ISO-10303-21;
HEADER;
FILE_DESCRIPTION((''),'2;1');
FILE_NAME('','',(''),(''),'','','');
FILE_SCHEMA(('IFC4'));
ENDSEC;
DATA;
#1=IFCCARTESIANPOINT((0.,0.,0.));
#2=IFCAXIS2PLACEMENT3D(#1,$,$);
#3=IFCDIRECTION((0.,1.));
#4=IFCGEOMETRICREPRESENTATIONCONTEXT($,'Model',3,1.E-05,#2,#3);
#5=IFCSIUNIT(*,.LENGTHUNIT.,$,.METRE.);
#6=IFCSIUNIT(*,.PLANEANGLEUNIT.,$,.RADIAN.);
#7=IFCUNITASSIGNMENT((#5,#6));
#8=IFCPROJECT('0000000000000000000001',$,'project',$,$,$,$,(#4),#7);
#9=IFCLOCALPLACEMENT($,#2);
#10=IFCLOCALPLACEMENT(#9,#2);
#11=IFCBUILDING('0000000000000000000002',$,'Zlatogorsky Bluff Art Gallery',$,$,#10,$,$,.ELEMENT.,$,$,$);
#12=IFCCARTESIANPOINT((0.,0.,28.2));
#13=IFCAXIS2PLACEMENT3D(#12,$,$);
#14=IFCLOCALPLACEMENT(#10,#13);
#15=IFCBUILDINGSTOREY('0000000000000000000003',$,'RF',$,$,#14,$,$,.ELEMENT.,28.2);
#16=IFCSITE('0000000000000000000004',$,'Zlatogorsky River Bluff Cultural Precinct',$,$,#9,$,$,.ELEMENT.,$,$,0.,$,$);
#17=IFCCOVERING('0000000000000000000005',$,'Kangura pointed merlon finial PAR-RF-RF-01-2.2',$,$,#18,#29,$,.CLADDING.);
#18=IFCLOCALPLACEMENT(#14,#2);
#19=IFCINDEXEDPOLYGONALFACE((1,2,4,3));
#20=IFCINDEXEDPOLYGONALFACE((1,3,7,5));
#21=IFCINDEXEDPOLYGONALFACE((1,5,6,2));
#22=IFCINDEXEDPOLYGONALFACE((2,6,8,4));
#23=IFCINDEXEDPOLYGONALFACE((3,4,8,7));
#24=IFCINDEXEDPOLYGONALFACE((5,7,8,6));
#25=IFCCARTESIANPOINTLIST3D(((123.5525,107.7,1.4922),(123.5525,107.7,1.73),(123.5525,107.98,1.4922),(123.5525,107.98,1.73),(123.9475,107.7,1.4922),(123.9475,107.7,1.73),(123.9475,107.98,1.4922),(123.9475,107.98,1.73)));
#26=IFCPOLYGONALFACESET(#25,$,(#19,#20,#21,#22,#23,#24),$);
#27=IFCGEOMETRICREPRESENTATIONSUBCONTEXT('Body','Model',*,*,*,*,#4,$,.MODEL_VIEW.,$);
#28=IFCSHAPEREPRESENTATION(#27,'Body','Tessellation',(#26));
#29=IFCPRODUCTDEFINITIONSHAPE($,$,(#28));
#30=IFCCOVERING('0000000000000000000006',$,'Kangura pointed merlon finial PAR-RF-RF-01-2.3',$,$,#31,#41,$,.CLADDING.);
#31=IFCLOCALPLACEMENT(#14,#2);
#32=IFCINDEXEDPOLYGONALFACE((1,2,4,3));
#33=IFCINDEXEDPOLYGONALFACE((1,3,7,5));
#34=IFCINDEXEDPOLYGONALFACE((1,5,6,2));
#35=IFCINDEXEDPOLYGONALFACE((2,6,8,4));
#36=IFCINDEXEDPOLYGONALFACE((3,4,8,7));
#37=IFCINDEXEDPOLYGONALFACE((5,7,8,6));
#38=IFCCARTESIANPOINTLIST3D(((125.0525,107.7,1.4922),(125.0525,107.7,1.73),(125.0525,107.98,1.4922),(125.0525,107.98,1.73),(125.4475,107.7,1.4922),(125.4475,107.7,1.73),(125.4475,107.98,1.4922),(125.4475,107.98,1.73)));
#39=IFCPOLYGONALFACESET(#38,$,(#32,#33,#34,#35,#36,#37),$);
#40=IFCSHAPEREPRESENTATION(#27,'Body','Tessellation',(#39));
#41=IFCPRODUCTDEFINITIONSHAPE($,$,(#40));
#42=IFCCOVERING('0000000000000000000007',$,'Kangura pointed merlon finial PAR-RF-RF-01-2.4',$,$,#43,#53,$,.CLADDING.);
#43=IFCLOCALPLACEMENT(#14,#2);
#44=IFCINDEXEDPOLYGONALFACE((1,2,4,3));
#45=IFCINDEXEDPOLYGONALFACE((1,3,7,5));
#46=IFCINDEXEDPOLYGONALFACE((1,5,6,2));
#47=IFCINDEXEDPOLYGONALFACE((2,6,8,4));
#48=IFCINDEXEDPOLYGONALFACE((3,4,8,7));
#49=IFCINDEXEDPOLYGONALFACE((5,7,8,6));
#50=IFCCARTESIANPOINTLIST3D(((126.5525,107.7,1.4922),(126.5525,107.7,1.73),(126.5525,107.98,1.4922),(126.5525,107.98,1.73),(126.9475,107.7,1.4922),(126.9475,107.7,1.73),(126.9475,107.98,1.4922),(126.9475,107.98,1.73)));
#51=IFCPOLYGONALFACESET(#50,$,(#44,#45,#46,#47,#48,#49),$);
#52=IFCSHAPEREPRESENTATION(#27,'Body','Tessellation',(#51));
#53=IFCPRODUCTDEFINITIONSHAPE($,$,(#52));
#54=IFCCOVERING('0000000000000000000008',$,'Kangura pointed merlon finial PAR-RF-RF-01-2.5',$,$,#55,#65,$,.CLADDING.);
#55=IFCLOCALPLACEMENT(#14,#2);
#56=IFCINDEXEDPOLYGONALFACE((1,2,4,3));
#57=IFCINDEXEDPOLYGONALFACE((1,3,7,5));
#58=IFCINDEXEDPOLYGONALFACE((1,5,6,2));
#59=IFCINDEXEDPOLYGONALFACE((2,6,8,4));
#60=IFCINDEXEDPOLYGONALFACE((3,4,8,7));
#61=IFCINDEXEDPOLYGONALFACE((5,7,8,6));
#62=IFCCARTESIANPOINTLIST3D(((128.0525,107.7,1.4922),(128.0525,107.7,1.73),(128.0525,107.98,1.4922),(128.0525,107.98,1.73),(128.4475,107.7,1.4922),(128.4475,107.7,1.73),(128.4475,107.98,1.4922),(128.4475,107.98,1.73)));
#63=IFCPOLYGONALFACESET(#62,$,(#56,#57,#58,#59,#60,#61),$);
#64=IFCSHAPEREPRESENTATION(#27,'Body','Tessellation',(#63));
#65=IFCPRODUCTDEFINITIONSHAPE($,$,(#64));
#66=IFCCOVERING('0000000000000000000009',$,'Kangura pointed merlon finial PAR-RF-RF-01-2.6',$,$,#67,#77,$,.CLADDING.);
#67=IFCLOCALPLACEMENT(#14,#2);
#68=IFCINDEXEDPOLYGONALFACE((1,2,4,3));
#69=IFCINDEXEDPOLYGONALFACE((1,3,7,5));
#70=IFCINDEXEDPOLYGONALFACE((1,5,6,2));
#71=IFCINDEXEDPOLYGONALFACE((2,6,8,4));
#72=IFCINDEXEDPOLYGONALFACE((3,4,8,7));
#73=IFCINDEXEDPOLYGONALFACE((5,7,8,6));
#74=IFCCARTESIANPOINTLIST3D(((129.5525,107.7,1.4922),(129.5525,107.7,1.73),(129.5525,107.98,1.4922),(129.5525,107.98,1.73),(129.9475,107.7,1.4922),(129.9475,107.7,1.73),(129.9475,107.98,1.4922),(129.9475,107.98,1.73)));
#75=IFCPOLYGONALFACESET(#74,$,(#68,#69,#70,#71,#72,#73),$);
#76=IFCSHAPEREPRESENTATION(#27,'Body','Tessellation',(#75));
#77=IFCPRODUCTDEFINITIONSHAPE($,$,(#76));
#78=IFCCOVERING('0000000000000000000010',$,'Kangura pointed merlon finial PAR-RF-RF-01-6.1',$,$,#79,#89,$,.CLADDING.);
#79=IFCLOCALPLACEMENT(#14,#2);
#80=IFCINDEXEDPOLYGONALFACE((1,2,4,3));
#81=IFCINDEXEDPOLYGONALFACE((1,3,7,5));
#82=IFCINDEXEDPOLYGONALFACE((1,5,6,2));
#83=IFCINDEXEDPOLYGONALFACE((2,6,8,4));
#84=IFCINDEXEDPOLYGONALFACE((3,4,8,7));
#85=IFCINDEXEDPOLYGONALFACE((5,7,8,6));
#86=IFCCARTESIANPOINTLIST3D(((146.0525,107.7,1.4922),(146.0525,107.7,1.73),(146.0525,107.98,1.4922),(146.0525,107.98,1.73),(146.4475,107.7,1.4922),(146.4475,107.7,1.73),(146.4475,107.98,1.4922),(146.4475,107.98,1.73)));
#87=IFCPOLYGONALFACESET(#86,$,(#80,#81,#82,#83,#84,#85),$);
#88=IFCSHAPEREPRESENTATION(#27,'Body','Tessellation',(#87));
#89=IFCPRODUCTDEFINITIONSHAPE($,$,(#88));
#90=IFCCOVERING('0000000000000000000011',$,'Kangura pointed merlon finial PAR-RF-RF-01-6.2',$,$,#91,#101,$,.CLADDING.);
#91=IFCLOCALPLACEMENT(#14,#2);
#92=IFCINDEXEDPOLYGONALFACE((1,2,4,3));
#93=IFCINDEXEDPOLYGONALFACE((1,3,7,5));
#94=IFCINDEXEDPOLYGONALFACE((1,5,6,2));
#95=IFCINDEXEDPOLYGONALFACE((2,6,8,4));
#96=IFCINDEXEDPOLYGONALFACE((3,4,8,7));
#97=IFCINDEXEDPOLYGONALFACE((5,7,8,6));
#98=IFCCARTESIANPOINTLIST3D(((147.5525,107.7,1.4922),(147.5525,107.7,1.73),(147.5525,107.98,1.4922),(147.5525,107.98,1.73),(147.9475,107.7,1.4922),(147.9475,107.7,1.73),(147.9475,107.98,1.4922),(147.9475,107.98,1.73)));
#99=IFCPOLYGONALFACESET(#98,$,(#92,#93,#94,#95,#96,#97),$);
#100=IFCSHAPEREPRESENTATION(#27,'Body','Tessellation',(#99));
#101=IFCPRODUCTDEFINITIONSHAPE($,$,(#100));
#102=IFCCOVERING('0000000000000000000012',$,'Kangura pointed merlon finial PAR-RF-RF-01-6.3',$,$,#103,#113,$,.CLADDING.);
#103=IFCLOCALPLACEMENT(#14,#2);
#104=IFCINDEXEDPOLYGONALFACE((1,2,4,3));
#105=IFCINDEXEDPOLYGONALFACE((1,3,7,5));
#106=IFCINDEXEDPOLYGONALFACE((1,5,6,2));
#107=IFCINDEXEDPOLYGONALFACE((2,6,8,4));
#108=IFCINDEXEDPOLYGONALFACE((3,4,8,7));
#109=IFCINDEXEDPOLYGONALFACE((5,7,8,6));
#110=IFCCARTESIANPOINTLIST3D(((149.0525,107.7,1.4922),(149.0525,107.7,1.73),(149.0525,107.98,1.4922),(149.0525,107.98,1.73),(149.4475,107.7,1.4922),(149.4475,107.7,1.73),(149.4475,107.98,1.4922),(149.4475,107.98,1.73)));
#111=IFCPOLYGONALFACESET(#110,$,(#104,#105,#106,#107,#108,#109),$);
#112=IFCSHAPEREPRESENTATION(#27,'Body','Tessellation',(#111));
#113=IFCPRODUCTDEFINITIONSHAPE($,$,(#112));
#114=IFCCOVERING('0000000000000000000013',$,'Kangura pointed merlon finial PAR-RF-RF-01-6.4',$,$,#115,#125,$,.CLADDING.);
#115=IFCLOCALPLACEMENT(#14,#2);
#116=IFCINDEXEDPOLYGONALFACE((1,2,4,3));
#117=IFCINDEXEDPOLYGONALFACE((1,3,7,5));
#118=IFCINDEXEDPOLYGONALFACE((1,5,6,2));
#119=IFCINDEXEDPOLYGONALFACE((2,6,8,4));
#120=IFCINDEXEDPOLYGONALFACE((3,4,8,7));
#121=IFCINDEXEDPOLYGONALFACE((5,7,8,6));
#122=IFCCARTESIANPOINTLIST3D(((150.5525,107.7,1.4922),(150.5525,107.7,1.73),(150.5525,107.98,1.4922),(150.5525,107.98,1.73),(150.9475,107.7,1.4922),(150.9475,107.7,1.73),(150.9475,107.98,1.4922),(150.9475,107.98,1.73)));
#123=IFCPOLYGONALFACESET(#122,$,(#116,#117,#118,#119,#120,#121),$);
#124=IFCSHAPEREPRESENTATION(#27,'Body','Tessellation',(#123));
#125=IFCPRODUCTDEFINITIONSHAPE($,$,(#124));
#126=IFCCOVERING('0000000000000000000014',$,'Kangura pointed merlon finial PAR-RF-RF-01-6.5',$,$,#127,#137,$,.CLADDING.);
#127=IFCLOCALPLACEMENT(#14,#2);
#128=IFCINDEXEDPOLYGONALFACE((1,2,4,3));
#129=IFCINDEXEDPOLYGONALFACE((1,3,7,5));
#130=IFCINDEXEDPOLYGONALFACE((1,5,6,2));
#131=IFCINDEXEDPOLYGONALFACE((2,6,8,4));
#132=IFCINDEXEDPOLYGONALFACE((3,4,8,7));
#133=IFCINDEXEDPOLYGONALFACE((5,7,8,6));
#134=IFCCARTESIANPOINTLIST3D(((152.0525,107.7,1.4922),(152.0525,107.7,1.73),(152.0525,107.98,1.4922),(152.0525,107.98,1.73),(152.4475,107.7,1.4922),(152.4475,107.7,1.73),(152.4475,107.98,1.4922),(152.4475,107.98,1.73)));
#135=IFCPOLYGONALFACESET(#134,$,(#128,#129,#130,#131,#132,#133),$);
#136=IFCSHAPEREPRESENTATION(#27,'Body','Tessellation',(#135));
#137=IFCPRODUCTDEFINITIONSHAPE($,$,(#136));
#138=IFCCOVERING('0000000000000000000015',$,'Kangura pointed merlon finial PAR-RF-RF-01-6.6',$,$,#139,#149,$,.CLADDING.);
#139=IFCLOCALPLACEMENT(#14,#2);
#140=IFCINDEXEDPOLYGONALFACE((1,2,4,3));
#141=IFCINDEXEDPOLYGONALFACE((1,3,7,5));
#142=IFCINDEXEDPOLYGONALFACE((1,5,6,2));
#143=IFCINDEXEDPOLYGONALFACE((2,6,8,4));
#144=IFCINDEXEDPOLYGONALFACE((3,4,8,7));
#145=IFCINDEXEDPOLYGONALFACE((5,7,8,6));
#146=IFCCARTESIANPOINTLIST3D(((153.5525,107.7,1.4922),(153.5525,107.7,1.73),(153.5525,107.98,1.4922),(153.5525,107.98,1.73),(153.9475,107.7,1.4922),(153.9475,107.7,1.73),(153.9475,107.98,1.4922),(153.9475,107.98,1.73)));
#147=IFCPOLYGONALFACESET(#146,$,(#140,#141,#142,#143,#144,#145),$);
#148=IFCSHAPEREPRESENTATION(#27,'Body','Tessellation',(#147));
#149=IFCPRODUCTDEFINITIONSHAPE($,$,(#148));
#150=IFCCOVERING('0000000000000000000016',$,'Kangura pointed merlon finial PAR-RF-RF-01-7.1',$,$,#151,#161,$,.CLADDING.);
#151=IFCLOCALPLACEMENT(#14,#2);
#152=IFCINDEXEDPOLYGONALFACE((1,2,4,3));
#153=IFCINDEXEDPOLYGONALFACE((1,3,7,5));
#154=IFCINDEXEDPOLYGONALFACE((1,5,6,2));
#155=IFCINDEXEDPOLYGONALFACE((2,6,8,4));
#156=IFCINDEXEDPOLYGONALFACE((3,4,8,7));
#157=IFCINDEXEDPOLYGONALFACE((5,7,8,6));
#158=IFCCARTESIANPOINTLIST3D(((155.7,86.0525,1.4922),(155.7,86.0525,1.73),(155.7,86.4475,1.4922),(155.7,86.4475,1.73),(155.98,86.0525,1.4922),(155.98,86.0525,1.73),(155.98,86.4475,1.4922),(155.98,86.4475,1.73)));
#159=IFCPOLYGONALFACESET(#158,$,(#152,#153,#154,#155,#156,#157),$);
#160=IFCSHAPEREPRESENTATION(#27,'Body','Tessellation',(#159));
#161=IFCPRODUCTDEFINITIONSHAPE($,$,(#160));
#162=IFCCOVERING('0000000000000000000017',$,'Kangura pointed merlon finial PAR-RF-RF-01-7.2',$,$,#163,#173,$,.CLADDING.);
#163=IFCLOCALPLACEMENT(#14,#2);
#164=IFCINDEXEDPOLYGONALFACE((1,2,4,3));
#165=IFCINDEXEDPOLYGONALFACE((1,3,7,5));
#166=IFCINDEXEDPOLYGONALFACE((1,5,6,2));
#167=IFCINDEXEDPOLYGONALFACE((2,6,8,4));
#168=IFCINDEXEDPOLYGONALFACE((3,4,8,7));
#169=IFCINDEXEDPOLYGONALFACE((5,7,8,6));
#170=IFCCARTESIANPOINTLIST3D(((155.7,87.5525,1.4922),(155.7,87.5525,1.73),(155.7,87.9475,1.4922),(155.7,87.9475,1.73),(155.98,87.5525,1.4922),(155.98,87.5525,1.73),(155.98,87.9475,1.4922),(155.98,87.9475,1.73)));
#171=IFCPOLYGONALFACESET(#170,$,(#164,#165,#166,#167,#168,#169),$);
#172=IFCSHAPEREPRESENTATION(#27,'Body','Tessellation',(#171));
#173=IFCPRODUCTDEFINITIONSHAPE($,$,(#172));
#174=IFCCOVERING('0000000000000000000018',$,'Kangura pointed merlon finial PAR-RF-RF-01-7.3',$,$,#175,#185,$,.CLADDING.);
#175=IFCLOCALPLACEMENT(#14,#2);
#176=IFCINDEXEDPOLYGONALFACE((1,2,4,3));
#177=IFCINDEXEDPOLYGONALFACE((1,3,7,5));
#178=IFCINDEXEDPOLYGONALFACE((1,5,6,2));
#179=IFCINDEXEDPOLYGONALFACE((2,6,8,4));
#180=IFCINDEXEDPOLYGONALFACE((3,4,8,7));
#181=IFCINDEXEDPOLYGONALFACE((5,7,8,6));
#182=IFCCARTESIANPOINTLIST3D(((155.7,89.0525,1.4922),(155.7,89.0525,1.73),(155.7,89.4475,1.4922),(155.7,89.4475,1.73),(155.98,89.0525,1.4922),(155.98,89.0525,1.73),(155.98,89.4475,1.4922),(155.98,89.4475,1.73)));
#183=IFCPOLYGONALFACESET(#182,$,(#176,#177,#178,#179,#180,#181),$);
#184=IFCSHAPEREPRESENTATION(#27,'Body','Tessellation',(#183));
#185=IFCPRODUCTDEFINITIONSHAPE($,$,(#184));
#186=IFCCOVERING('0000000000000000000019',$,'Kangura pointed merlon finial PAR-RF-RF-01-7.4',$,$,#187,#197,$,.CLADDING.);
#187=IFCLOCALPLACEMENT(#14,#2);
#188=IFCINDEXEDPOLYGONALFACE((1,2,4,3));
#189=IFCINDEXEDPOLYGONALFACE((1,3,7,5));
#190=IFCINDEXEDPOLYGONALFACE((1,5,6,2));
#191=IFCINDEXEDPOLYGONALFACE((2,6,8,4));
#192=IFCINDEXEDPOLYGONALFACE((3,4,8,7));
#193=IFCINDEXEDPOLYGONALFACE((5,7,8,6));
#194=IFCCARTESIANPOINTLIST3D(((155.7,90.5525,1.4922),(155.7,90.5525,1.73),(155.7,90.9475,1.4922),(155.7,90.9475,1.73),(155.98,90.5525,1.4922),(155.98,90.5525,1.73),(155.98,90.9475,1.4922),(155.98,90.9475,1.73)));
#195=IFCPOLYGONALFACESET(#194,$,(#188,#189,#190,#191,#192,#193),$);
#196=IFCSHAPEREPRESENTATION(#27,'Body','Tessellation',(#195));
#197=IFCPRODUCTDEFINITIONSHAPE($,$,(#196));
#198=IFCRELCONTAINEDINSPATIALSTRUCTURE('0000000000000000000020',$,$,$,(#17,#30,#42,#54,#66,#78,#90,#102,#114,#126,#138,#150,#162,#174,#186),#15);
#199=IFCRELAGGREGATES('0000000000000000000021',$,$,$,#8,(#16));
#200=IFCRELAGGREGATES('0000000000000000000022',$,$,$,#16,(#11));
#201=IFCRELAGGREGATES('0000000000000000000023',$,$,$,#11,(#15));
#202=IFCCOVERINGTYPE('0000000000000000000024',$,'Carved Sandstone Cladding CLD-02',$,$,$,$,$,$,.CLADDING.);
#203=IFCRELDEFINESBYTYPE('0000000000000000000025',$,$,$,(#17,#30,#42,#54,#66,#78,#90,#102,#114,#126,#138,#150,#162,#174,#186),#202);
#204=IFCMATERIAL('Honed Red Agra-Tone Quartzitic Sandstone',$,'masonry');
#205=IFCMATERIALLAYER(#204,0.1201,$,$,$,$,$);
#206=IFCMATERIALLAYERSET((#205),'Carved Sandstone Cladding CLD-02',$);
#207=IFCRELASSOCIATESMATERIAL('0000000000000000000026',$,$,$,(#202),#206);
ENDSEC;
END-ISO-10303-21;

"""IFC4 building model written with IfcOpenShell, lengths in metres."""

from ifc_helpers import new_model, si_unit, direction, frame, origin, place, context, subcontext, project, spatial, polyline, outline, extrude, material, layer, layer_set, type_object, element, save


model = new_model("IFC4")

# Units and contexts
model_context = context("Model", 3, precision=1e-05, world=origin(), true_north=direction((0.0, 1.0)))
body_context = subcontext(model_context, "Body", "Model", "MODEL_VIEW")
ifc_project = project(units=[si_unit("LENGTHUNIT", "METRE"), si_unit("PLANEANGLEUNIT", "RADIAN")], contexts=[model_context])

# Site, building, storey
site_placement = place(None, origin())
site = spatial("IfcSite", under=ifc_project, at=site_placement, Name="Zlatogorsky River Bluff Cultural Precinct", CompositionType="ELEMENT", RefElevation=0.0)
building_placement = place(site_placement, origin())
building = spatial("IfcBuilding", under=site, at=building_placement, Name="Zlatogorsky Bluff Art Gallery", CompositionType="ELEMENT")
storey_placement = place(building_placement, frame((0.0, 0.0, 28.2)))
storey = spatial("IfcBuildingStorey", under=building, at=storey_placement, Name="RF", CompositionType="ELEMENT", Elevation=28.2)

# Coverings
ifc_material = material(Name="Honed Red Agra-Tone Quartzitic Sandstone", Category="masonry")
ifc_layer = layer(ifc_material, 0.1201)
ifc_layer_set = layer_set([ifc_layer], Name="Carved Sandstone Cladding CLD-02")
covering_type = type_object("IfcCoveringType", Name="Carved Sandstone Cladding CLD-02", PredefinedType="CLADDING", material=ifc_layer_set)
covering_1_placement = place(storey_placement, frame((0.0, 0.0, 1.4922)))
element("IfcCovering", 1, at=covering_1_placement, inside=storey, type_object=covering_type, Name="Kangura pointed merlon finial PAR-RF-RF-01-2.2", PredefinedType="CLADDING", context=body_context, shape_type="SweptSolid", body=[
    extrude(outline(polyline([(123.5525, 107.7), (123.9475, 107.7), (123.9475, 107.98), (123.5525, 107.98), (123.5525, 107.7)])), origin(), (0.0, 0.0, 1.0), 0.2378),
])
covering_2_placement = place(storey_placement, frame((0.0, 0.0, 1.4922)))
element("IfcCovering", 2, at=covering_2_placement, inside=storey, type_object=covering_type, Name="Kangura pointed merlon finial PAR-RF-RF-01-2.3", PredefinedType="CLADDING", context=body_context, shape_type="SweptSolid", body=[
    extrude(outline(polyline([(125.0525, 107.7), (125.4475, 107.7), (125.4475, 107.98), (125.0525, 107.98), (125.0525, 107.7)])), origin(), (0.0, 0.0, 1.0), 0.2378),
])
covering_3_placement = place(storey_placement, frame((0.0, 0.0, 1.4922)))
element("IfcCovering", 3, at=covering_3_placement, inside=storey, type_object=covering_type, Name="Kangura pointed merlon finial PAR-RF-RF-01-2.4", PredefinedType="CLADDING", context=body_context, shape_type="SweptSolid", body=[
    extrude(outline(polyline([(126.5525, 107.7), (126.9475, 107.7), (126.9475, 107.98), (126.5525, 107.98), (126.5525, 107.7)])), origin(), (0.0, 0.0, 1.0), 0.2378),
])
covering_4_placement = place(storey_placement, frame((0.0, 0.0, 1.4922)))
element("IfcCovering", 4, at=covering_4_placement, inside=storey, type_object=covering_type, Name="Kangura pointed merlon finial PAR-RF-RF-01-2.5", PredefinedType="CLADDING", context=body_context, shape_type="SweptSolid", body=[
    extrude(outline(polyline([(128.0525, 107.7), (128.4475, 107.7), (128.4475, 107.98), (128.0525, 107.98), (128.0525, 107.7)])), origin(), (0.0, 0.0, 1.0), 0.2378),
])
covering_5_placement = place(storey_placement, frame((0.0, 0.0, 1.4922)))
element("IfcCovering", 5, at=covering_5_placement, inside=storey, type_object=covering_type, Name="Kangura pointed merlon finial PAR-RF-RF-01-2.6", PredefinedType="CLADDING", context=body_context, shape_type="SweptSolid", body=[
    extrude(outline(polyline([(129.5525, 107.7), (129.9475, 107.7), (129.9475, 107.98), (129.5525, 107.98), (129.5525, 107.7)])), origin(), (0.0, 0.0, 1.0), 0.2378),
])
covering_6_placement = place(storey_placement, frame((0.0, 0.0, 1.4922)))
element("IfcCovering", 6, at=covering_6_placement, inside=storey, type_object=covering_type, Name="Kangura pointed merlon finial PAR-RF-RF-01-6.1", PredefinedType="CLADDING", context=body_context, shape_type="SweptSolid", body=[
    extrude(outline(polyline([(146.0525, 107.7), (146.4475, 107.7), (146.4475, 107.98), (146.0525, 107.98), (146.0525, 107.7)])), origin(), (0.0, 0.0, 1.0), 0.2378),
])
covering_7_placement = place(storey_placement, frame((0.0, 0.0, 1.4922)))
element("IfcCovering", 7, at=covering_7_placement, inside=storey, type_object=covering_type, Name="Kangura pointed merlon finial PAR-RF-RF-01-6.2", PredefinedType="CLADDING", context=body_context, shape_type="SweptSolid", body=[
    extrude(outline(polyline([(147.5525, 107.7), (147.9475, 107.7), (147.9475, 107.98), (147.5525, 107.98), (147.5525, 107.7)])), origin(), (0.0, 0.0, 1.0), 0.2378),
])
covering_8_placement = place(storey_placement, frame((0.0, 0.0, 1.4922)))
element("IfcCovering", 8, at=covering_8_placement, inside=storey, type_object=covering_type, Name="Kangura pointed merlon finial PAR-RF-RF-01-6.3", PredefinedType="CLADDING", context=body_context, shape_type="SweptSolid", body=[
    extrude(outline(polyline([(149.0525, 107.7), (149.4475, 107.7), (149.4475, 107.98), (149.0525, 107.98), (149.0525, 107.7)])), origin(), (0.0, 0.0, 1.0), 0.2378),
])
covering_9_placement = place(storey_placement, frame((0.0, 0.0, 1.4922)))
element("IfcCovering", 9, at=covering_9_placement, inside=storey, type_object=covering_type, Name="Kangura pointed merlon finial PAR-RF-RF-01-6.4", PredefinedType="CLADDING", context=body_context, shape_type="SweptSolid", body=[
    extrude(outline(polyline([(150.5525, 107.7), (150.9475, 107.7), (150.9475, 107.98), (150.5525, 107.98), (150.5525, 107.7)])), origin(), (0.0, 0.0, 1.0), 0.2378),
])
covering_10_placement = place(storey_placement, frame((0.0, 0.0, 1.4922)))
element("IfcCovering", 10, at=covering_10_placement, inside=storey, type_object=covering_type, Name="Kangura pointed merlon finial PAR-RF-RF-01-6.5", PredefinedType="CLADDING", context=body_context, shape_type="SweptSolid", body=[
    extrude(outline(polyline([(152.0525, 107.7), (152.4475, 107.7), (152.4475, 107.98), (152.0525, 107.98), (152.0525, 107.7)])), origin(), (0.0, 0.0, 1.0), 0.2378),
])
covering_11_placement = place(storey_placement, frame((0.0, 0.0, 1.4922)))
element("IfcCovering", 11, at=covering_11_placement, inside=storey, type_object=covering_type, Name="Kangura pointed merlon finial PAR-RF-RF-01-6.6", PredefinedType="CLADDING", context=body_context, shape_type="SweptSolid", body=[
    extrude(outline(polyline([(153.5525, 107.7), (153.9475, 107.7), (153.9475, 107.98), (153.5525, 107.98), (153.5525, 107.7)])), origin(), (0.0, 0.0, 1.0), 0.2378),
])
covering_12_placement = place(storey_placement, frame((0.0, 0.0, 1.4922)))
element("IfcCovering", 12, at=covering_12_placement, inside=storey, type_object=covering_type, Name="Kangura pointed merlon finial PAR-RF-RF-01-7.1", PredefinedType="CLADDING", context=body_context, shape_type="SweptSolid", body=[
    extrude(outline(polyline([(155.7, 86.0525), (155.7, 86.4475), (155.98, 86.4475), (155.98, 86.0525), (155.7, 86.0525)])), origin(), (0.0, 0.0, 1.0), 0.2378),
])
covering_13_placement = place(storey_placement, frame((0.0, 0.0, 1.4922)))
element("IfcCovering", 13, at=covering_13_placement, inside=storey, type_object=covering_type, Name="Kangura pointed merlon finial PAR-RF-RF-01-7.2", PredefinedType="CLADDING", context=body_context, shape_type="SweptSolid", body=[
    extrude(outline(polyline([(155.7, 87.5525), (155.7, 87.9475), (155.98, 87.9475), (155.98, 87.5525), (155.7, 87.5525)])), origin(), (0.0, 0.0, 1.0), 0.2378),
])
covering_14_placement = place(storey_placement, frame((0.0, 0.0, 1.4922)))
element("IfcCovering", 14, at=covering_14_placement, inside=storey, type_object=covering_type, Name="Kangura pointed merlon finial PAR-RF-RF-01-7.3", PredefinedType="CLADDING", context=body_context, shape_type="SweptSolid", body=[
    extrude(outline(polyline([(155.7, 89.0525), (155.7, 89.4475), (155.98, 89.4475), (155.98, 89.0525), (155.7, 89.0525)])), origin(), (0.0, 0.0, 1.0), 0.2378),
])
covering_15_placement = place(storey_placement, frame((0.0, 0.0, 1.4922)))
element("IfcCovering", 15, at=covering_15_placement, inside=storey, type_object=covering_type, Name="Kangura pointed merlon finial PAR-RF-RF-01-7.4", PredefinedType="CLADDING", context=body_context, shape_type="SweptSolid", body=[
    extrude(outline(polyline([(155.7, 90.5525), (155.7, 90.9475), (155.98, 90.9475), (155.98, 90.5525), (155.7, 90.5525)])), origin(), (0.0, 0.0, 1.0), 0.2378),
])

save(model, "model.ifc")
